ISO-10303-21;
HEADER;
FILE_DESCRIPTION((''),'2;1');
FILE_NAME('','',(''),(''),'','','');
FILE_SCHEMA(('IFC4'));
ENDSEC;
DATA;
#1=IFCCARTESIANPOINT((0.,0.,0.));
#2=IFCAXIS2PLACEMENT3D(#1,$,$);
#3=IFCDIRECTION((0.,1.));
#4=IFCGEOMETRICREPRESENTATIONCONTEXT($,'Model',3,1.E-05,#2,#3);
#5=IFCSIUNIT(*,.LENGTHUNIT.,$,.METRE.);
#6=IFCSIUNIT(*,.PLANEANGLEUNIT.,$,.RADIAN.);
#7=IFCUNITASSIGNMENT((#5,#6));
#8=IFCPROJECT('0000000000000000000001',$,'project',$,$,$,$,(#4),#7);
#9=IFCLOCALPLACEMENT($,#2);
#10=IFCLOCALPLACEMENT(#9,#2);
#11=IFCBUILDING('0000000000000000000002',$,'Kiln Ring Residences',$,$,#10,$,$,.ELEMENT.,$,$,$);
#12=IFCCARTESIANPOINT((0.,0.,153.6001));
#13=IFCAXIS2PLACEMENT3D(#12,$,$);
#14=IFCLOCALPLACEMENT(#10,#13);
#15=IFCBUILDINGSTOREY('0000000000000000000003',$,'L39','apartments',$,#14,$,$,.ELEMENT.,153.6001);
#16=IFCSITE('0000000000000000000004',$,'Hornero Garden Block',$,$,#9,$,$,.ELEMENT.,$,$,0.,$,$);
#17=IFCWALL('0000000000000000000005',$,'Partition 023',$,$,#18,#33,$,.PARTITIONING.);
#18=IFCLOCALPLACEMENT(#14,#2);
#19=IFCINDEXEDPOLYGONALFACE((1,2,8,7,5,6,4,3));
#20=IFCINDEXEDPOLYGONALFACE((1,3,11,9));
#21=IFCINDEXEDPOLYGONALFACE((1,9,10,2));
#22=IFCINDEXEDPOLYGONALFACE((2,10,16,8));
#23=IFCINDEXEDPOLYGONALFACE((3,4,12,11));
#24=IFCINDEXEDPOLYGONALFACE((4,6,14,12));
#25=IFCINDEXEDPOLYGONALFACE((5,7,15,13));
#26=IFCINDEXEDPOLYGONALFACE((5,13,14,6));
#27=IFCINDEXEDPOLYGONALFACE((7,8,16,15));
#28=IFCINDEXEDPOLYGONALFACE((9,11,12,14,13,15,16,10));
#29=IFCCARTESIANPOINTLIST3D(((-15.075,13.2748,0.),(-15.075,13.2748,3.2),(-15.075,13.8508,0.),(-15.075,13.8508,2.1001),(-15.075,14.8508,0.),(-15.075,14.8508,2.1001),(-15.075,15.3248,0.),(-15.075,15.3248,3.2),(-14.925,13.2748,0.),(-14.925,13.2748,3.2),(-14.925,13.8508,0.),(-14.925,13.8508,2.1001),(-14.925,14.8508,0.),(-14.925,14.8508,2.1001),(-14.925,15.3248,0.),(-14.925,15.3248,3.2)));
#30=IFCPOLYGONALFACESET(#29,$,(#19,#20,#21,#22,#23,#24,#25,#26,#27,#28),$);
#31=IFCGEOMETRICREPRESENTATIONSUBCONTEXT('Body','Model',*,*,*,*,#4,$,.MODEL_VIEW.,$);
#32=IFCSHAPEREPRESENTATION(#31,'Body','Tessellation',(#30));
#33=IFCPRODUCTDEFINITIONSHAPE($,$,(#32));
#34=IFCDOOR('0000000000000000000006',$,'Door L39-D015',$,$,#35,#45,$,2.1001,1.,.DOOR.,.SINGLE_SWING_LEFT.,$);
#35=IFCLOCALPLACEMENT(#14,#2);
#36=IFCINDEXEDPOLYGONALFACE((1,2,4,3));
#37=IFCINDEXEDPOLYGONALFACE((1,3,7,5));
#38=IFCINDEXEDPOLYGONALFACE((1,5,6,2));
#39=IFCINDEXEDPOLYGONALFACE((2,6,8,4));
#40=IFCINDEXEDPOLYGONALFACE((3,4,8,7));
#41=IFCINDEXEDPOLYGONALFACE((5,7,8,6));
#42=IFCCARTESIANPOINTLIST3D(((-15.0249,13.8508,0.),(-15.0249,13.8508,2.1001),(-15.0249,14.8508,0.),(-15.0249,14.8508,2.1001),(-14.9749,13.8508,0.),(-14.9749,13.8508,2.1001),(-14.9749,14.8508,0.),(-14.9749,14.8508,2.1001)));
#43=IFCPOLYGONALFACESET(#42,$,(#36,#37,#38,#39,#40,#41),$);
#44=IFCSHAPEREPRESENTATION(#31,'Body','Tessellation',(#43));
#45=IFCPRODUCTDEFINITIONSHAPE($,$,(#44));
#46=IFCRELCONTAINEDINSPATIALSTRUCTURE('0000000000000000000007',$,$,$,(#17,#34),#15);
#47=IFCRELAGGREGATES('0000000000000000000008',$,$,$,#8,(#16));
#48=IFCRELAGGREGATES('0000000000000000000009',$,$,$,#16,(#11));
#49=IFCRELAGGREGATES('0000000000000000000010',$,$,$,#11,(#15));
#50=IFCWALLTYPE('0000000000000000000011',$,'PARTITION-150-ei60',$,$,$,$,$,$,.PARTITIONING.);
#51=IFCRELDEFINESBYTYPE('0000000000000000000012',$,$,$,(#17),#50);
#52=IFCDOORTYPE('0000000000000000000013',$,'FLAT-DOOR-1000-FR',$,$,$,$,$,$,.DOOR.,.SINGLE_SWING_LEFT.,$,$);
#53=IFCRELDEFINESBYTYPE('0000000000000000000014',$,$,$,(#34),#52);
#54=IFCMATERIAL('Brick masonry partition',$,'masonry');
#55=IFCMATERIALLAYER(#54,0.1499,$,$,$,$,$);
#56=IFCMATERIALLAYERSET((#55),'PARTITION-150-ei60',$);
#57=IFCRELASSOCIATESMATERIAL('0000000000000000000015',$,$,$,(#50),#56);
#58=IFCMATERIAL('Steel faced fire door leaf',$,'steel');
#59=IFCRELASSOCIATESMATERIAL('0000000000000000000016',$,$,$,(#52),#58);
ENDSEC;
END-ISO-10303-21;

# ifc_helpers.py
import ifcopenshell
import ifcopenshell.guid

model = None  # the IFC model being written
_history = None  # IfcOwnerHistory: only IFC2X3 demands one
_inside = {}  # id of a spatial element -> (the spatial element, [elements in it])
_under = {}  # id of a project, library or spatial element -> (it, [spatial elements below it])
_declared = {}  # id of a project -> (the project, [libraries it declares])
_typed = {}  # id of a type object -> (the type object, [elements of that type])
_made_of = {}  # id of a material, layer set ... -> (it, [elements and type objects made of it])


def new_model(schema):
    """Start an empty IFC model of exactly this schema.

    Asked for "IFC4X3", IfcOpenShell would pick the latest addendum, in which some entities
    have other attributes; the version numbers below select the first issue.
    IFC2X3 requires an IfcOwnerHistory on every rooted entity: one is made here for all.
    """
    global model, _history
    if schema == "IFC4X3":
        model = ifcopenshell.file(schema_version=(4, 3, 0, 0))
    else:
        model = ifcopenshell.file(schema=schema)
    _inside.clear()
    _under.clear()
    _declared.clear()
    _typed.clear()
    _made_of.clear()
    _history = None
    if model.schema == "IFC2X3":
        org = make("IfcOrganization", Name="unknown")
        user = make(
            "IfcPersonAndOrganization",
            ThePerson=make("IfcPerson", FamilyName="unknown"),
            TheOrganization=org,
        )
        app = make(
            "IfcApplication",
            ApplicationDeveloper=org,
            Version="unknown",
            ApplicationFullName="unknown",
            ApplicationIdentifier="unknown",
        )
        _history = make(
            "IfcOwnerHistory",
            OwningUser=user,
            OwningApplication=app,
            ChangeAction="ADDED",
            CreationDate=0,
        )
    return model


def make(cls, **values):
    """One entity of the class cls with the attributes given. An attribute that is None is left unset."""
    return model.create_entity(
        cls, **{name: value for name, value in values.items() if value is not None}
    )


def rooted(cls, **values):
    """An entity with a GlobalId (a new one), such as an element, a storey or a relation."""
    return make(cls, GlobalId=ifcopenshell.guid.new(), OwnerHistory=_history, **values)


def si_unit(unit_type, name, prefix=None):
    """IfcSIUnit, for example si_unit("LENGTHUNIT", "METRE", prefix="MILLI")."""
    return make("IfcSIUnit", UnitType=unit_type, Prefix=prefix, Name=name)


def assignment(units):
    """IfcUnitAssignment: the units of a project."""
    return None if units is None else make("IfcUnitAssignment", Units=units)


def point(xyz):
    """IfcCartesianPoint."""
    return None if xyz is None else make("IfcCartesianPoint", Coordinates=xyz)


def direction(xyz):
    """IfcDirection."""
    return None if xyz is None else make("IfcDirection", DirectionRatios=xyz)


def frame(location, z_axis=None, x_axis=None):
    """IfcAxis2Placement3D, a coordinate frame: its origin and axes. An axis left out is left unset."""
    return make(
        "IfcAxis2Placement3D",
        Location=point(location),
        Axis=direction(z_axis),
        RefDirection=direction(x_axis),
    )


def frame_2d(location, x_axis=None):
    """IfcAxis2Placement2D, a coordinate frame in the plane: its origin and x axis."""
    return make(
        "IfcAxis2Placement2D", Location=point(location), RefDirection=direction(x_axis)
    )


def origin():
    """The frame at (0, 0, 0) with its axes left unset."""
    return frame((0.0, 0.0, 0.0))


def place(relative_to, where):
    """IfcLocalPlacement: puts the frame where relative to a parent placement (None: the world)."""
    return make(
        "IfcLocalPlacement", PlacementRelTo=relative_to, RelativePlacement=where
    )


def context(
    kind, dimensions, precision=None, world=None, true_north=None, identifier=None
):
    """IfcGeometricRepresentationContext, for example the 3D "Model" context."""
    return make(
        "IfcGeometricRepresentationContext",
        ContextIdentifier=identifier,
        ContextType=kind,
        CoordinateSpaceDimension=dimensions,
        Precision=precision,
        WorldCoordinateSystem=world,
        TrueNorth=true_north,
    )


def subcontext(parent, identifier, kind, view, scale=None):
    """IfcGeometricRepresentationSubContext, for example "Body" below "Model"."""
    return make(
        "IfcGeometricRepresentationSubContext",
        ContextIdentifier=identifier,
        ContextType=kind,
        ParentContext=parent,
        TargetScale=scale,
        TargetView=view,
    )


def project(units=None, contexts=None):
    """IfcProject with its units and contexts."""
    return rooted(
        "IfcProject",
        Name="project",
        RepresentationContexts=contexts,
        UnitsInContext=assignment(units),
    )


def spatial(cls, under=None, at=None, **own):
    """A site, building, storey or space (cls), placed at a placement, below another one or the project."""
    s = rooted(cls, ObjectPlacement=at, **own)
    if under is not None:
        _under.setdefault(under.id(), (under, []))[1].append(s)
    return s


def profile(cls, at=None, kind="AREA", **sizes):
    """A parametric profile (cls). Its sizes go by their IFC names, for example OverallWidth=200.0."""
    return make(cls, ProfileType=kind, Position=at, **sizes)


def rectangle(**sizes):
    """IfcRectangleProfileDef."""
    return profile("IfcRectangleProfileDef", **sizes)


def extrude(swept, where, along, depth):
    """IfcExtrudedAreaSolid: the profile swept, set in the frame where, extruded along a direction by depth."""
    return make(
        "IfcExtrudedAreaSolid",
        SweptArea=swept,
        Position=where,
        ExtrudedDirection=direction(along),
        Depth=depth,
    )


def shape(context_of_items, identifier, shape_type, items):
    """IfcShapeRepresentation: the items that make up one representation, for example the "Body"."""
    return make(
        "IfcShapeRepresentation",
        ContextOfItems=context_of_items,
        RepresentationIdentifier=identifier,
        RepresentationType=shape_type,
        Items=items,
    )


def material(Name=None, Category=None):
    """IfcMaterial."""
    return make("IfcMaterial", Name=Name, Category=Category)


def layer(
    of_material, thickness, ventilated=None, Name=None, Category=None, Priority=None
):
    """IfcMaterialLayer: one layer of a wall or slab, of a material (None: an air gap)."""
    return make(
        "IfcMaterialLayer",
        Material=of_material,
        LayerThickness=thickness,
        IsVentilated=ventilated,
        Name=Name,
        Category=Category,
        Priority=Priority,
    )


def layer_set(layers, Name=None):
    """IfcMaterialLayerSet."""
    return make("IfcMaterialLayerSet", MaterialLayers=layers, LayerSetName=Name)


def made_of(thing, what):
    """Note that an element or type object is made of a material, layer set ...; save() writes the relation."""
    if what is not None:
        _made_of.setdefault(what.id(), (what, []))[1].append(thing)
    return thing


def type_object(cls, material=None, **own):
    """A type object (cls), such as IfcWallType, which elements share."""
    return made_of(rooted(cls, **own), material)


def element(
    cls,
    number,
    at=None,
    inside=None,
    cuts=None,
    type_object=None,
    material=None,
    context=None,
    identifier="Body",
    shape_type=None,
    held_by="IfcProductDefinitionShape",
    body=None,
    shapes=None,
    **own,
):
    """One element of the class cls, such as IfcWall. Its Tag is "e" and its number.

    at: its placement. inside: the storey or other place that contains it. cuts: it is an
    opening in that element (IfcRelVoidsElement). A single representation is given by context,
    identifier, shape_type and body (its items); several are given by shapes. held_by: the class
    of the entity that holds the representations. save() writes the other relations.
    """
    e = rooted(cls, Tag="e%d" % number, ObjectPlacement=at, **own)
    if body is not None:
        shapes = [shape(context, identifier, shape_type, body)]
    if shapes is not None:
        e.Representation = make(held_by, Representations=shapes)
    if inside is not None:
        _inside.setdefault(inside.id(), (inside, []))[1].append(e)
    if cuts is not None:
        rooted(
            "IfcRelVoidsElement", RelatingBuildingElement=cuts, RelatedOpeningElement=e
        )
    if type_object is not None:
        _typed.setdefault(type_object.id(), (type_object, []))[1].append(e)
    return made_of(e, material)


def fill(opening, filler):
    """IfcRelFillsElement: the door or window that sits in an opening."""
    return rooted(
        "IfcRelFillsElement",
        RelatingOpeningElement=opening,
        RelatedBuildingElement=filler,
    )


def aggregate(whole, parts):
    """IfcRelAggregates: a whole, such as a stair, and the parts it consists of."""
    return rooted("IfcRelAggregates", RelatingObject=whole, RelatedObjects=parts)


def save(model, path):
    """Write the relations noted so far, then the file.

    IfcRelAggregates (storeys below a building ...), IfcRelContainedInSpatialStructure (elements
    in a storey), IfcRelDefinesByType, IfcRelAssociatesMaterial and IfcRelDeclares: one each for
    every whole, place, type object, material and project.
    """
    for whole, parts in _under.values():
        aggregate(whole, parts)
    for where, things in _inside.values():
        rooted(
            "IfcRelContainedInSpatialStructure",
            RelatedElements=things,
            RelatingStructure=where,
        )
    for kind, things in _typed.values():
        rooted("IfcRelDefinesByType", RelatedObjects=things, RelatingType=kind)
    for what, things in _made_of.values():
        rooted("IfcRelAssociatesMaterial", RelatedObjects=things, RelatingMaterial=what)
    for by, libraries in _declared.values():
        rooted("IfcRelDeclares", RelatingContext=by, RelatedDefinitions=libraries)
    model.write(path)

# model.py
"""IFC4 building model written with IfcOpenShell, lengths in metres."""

from ifc_helpers import new_model, si_unit, direction, frame, frame_2d, origin, place, context, subcontext, project, spatial, rectangle, extrude, material, layer, layer_set, type_object, element, fill, save


model = new_model("IFC4")

# Units and contexts
model_context = context("Model", 3, precision=1e-05, world=origin(), true_north=direction((0.0, 1.0)))
body_context = subcontext(model_context, "Body", "Model", "MODEL_VIEW")
ifc_project = project(units=[si_unit("LENGTHUNIT", "METRE"), si_unit("PLANEANGLEUNIT", "RADIAN")], contexts=[model_context])

# Site, building, storey
site_placement = place(None, origin())
site = spatial("IfcSite", under=ifc_project, at=site_placement, Name="Hornero Garden Block", CompositionType="ELEMENT", RefElevation=0.0)
building_placement = place(site_placement, origin())
building = spatial("IfcBuilding", under=site, at=building_placement, Name="Kiln Ring Residences", CompositionType="ELEMENT")
storey_placement = place(building_placement, frame((0.0, 0.0, 153.6001)))
storey = spatial("IfcBuildingStorey", under=building, at=storey_placement, Name="L39", Description="apartments", CompositionType="ELEMENT", Elevation=153.6001)

# Shared definitions
ifc_material_1 = material(Name="Brick masonry partition", Category="masonry")
ifc_layer_1 = layer(ifc_material_1, 0.1499)
ifc_layer_set_1 = layer_set([ifc_layer_1], Name="PARTITION-150-ei60")
wall_type_1 = type_object("IfcWallType", Name="PARTITION-150-ei60", PredefinedType="PARTITIONING", material=ifc_layer_set_1)
ifc_material_2 = material(Name="Steel faced fire door leaf", Category="steel")
door_type_1 = type_object("IfcDoorType", Name="FLAT-DOOR-1000-FR", OperationType="SINGLE_SWING_LEFT", PredefinedType="DOOR", material=ifc_material_2)

# Wall, opening, door
wall_1_placement = place(storey_placement, frame((-15.0, 13.2749, 0.0), z_axis=(0.0, 0.0, 1.0), x_axis=(0.0, 1.0, 0.0)))
wall_1 = element("IfcWall", 1, at=wall_1_placement, inside=storey, type_object=wall_type_1, Name="Partition 023", PredefinedType="PARTITIONING", context=body_context, shape_type="SweptSolid", body=[
    extrude(rectangle(XDim=2.05, YDim=0.1499, at=frame_2d((1.0249, 0.0))), origin(), (0.0, 0.0, 1.0), 3.2),
])
opening_1_placement = place(wall_1_placement, frame((0.5759, 0.0, 0.0)))
opening_1 = element("IfcOpeningElement", 2, at=opening_1_placement, cuts=wall_1, PredefinedType="OPENING", context=body_context, shape_type="SweptSolid", body=[
    extrude(rectangle(XDim=1.0, YDim=2.1001, at=frame_2d((0.5, 1.05))), frame((0.0, 0.085, 0.0), z_axis=(0.0, -1.0, 0.0), x_axis=(1.0, 0.0, 0.0)), (0.0, 0.0, 1.0), 0.1699),
])
door_1_placement = place(opening_1_placement, origin())
door_1 = element("IfcDoor", 3, at=door_1_placement, inside=storey, type_object=door_type_1, Name="Door L39-D015", OperationType="SINGLE_SWING_LEFT", OverallHeight=2.1001, OverallWidth=1.0, PredefinedType="DOOR", context=body_context, shape_type="SweptSolid", body=[
    extrude(rectangle(XDim=1.0, YDim=2.1001, at=frame_2d((0.5, 1.05))), frame((0.0, 0.0249, 0.0), z_axis=(0.0, -1.0, 0.0), x_axis=(1.0, 0.0, 0.0)), (0.0, 0.0, 1.0), 0.05),
])
fill(opening_1, door_1)

save(model, "model.ifc")
